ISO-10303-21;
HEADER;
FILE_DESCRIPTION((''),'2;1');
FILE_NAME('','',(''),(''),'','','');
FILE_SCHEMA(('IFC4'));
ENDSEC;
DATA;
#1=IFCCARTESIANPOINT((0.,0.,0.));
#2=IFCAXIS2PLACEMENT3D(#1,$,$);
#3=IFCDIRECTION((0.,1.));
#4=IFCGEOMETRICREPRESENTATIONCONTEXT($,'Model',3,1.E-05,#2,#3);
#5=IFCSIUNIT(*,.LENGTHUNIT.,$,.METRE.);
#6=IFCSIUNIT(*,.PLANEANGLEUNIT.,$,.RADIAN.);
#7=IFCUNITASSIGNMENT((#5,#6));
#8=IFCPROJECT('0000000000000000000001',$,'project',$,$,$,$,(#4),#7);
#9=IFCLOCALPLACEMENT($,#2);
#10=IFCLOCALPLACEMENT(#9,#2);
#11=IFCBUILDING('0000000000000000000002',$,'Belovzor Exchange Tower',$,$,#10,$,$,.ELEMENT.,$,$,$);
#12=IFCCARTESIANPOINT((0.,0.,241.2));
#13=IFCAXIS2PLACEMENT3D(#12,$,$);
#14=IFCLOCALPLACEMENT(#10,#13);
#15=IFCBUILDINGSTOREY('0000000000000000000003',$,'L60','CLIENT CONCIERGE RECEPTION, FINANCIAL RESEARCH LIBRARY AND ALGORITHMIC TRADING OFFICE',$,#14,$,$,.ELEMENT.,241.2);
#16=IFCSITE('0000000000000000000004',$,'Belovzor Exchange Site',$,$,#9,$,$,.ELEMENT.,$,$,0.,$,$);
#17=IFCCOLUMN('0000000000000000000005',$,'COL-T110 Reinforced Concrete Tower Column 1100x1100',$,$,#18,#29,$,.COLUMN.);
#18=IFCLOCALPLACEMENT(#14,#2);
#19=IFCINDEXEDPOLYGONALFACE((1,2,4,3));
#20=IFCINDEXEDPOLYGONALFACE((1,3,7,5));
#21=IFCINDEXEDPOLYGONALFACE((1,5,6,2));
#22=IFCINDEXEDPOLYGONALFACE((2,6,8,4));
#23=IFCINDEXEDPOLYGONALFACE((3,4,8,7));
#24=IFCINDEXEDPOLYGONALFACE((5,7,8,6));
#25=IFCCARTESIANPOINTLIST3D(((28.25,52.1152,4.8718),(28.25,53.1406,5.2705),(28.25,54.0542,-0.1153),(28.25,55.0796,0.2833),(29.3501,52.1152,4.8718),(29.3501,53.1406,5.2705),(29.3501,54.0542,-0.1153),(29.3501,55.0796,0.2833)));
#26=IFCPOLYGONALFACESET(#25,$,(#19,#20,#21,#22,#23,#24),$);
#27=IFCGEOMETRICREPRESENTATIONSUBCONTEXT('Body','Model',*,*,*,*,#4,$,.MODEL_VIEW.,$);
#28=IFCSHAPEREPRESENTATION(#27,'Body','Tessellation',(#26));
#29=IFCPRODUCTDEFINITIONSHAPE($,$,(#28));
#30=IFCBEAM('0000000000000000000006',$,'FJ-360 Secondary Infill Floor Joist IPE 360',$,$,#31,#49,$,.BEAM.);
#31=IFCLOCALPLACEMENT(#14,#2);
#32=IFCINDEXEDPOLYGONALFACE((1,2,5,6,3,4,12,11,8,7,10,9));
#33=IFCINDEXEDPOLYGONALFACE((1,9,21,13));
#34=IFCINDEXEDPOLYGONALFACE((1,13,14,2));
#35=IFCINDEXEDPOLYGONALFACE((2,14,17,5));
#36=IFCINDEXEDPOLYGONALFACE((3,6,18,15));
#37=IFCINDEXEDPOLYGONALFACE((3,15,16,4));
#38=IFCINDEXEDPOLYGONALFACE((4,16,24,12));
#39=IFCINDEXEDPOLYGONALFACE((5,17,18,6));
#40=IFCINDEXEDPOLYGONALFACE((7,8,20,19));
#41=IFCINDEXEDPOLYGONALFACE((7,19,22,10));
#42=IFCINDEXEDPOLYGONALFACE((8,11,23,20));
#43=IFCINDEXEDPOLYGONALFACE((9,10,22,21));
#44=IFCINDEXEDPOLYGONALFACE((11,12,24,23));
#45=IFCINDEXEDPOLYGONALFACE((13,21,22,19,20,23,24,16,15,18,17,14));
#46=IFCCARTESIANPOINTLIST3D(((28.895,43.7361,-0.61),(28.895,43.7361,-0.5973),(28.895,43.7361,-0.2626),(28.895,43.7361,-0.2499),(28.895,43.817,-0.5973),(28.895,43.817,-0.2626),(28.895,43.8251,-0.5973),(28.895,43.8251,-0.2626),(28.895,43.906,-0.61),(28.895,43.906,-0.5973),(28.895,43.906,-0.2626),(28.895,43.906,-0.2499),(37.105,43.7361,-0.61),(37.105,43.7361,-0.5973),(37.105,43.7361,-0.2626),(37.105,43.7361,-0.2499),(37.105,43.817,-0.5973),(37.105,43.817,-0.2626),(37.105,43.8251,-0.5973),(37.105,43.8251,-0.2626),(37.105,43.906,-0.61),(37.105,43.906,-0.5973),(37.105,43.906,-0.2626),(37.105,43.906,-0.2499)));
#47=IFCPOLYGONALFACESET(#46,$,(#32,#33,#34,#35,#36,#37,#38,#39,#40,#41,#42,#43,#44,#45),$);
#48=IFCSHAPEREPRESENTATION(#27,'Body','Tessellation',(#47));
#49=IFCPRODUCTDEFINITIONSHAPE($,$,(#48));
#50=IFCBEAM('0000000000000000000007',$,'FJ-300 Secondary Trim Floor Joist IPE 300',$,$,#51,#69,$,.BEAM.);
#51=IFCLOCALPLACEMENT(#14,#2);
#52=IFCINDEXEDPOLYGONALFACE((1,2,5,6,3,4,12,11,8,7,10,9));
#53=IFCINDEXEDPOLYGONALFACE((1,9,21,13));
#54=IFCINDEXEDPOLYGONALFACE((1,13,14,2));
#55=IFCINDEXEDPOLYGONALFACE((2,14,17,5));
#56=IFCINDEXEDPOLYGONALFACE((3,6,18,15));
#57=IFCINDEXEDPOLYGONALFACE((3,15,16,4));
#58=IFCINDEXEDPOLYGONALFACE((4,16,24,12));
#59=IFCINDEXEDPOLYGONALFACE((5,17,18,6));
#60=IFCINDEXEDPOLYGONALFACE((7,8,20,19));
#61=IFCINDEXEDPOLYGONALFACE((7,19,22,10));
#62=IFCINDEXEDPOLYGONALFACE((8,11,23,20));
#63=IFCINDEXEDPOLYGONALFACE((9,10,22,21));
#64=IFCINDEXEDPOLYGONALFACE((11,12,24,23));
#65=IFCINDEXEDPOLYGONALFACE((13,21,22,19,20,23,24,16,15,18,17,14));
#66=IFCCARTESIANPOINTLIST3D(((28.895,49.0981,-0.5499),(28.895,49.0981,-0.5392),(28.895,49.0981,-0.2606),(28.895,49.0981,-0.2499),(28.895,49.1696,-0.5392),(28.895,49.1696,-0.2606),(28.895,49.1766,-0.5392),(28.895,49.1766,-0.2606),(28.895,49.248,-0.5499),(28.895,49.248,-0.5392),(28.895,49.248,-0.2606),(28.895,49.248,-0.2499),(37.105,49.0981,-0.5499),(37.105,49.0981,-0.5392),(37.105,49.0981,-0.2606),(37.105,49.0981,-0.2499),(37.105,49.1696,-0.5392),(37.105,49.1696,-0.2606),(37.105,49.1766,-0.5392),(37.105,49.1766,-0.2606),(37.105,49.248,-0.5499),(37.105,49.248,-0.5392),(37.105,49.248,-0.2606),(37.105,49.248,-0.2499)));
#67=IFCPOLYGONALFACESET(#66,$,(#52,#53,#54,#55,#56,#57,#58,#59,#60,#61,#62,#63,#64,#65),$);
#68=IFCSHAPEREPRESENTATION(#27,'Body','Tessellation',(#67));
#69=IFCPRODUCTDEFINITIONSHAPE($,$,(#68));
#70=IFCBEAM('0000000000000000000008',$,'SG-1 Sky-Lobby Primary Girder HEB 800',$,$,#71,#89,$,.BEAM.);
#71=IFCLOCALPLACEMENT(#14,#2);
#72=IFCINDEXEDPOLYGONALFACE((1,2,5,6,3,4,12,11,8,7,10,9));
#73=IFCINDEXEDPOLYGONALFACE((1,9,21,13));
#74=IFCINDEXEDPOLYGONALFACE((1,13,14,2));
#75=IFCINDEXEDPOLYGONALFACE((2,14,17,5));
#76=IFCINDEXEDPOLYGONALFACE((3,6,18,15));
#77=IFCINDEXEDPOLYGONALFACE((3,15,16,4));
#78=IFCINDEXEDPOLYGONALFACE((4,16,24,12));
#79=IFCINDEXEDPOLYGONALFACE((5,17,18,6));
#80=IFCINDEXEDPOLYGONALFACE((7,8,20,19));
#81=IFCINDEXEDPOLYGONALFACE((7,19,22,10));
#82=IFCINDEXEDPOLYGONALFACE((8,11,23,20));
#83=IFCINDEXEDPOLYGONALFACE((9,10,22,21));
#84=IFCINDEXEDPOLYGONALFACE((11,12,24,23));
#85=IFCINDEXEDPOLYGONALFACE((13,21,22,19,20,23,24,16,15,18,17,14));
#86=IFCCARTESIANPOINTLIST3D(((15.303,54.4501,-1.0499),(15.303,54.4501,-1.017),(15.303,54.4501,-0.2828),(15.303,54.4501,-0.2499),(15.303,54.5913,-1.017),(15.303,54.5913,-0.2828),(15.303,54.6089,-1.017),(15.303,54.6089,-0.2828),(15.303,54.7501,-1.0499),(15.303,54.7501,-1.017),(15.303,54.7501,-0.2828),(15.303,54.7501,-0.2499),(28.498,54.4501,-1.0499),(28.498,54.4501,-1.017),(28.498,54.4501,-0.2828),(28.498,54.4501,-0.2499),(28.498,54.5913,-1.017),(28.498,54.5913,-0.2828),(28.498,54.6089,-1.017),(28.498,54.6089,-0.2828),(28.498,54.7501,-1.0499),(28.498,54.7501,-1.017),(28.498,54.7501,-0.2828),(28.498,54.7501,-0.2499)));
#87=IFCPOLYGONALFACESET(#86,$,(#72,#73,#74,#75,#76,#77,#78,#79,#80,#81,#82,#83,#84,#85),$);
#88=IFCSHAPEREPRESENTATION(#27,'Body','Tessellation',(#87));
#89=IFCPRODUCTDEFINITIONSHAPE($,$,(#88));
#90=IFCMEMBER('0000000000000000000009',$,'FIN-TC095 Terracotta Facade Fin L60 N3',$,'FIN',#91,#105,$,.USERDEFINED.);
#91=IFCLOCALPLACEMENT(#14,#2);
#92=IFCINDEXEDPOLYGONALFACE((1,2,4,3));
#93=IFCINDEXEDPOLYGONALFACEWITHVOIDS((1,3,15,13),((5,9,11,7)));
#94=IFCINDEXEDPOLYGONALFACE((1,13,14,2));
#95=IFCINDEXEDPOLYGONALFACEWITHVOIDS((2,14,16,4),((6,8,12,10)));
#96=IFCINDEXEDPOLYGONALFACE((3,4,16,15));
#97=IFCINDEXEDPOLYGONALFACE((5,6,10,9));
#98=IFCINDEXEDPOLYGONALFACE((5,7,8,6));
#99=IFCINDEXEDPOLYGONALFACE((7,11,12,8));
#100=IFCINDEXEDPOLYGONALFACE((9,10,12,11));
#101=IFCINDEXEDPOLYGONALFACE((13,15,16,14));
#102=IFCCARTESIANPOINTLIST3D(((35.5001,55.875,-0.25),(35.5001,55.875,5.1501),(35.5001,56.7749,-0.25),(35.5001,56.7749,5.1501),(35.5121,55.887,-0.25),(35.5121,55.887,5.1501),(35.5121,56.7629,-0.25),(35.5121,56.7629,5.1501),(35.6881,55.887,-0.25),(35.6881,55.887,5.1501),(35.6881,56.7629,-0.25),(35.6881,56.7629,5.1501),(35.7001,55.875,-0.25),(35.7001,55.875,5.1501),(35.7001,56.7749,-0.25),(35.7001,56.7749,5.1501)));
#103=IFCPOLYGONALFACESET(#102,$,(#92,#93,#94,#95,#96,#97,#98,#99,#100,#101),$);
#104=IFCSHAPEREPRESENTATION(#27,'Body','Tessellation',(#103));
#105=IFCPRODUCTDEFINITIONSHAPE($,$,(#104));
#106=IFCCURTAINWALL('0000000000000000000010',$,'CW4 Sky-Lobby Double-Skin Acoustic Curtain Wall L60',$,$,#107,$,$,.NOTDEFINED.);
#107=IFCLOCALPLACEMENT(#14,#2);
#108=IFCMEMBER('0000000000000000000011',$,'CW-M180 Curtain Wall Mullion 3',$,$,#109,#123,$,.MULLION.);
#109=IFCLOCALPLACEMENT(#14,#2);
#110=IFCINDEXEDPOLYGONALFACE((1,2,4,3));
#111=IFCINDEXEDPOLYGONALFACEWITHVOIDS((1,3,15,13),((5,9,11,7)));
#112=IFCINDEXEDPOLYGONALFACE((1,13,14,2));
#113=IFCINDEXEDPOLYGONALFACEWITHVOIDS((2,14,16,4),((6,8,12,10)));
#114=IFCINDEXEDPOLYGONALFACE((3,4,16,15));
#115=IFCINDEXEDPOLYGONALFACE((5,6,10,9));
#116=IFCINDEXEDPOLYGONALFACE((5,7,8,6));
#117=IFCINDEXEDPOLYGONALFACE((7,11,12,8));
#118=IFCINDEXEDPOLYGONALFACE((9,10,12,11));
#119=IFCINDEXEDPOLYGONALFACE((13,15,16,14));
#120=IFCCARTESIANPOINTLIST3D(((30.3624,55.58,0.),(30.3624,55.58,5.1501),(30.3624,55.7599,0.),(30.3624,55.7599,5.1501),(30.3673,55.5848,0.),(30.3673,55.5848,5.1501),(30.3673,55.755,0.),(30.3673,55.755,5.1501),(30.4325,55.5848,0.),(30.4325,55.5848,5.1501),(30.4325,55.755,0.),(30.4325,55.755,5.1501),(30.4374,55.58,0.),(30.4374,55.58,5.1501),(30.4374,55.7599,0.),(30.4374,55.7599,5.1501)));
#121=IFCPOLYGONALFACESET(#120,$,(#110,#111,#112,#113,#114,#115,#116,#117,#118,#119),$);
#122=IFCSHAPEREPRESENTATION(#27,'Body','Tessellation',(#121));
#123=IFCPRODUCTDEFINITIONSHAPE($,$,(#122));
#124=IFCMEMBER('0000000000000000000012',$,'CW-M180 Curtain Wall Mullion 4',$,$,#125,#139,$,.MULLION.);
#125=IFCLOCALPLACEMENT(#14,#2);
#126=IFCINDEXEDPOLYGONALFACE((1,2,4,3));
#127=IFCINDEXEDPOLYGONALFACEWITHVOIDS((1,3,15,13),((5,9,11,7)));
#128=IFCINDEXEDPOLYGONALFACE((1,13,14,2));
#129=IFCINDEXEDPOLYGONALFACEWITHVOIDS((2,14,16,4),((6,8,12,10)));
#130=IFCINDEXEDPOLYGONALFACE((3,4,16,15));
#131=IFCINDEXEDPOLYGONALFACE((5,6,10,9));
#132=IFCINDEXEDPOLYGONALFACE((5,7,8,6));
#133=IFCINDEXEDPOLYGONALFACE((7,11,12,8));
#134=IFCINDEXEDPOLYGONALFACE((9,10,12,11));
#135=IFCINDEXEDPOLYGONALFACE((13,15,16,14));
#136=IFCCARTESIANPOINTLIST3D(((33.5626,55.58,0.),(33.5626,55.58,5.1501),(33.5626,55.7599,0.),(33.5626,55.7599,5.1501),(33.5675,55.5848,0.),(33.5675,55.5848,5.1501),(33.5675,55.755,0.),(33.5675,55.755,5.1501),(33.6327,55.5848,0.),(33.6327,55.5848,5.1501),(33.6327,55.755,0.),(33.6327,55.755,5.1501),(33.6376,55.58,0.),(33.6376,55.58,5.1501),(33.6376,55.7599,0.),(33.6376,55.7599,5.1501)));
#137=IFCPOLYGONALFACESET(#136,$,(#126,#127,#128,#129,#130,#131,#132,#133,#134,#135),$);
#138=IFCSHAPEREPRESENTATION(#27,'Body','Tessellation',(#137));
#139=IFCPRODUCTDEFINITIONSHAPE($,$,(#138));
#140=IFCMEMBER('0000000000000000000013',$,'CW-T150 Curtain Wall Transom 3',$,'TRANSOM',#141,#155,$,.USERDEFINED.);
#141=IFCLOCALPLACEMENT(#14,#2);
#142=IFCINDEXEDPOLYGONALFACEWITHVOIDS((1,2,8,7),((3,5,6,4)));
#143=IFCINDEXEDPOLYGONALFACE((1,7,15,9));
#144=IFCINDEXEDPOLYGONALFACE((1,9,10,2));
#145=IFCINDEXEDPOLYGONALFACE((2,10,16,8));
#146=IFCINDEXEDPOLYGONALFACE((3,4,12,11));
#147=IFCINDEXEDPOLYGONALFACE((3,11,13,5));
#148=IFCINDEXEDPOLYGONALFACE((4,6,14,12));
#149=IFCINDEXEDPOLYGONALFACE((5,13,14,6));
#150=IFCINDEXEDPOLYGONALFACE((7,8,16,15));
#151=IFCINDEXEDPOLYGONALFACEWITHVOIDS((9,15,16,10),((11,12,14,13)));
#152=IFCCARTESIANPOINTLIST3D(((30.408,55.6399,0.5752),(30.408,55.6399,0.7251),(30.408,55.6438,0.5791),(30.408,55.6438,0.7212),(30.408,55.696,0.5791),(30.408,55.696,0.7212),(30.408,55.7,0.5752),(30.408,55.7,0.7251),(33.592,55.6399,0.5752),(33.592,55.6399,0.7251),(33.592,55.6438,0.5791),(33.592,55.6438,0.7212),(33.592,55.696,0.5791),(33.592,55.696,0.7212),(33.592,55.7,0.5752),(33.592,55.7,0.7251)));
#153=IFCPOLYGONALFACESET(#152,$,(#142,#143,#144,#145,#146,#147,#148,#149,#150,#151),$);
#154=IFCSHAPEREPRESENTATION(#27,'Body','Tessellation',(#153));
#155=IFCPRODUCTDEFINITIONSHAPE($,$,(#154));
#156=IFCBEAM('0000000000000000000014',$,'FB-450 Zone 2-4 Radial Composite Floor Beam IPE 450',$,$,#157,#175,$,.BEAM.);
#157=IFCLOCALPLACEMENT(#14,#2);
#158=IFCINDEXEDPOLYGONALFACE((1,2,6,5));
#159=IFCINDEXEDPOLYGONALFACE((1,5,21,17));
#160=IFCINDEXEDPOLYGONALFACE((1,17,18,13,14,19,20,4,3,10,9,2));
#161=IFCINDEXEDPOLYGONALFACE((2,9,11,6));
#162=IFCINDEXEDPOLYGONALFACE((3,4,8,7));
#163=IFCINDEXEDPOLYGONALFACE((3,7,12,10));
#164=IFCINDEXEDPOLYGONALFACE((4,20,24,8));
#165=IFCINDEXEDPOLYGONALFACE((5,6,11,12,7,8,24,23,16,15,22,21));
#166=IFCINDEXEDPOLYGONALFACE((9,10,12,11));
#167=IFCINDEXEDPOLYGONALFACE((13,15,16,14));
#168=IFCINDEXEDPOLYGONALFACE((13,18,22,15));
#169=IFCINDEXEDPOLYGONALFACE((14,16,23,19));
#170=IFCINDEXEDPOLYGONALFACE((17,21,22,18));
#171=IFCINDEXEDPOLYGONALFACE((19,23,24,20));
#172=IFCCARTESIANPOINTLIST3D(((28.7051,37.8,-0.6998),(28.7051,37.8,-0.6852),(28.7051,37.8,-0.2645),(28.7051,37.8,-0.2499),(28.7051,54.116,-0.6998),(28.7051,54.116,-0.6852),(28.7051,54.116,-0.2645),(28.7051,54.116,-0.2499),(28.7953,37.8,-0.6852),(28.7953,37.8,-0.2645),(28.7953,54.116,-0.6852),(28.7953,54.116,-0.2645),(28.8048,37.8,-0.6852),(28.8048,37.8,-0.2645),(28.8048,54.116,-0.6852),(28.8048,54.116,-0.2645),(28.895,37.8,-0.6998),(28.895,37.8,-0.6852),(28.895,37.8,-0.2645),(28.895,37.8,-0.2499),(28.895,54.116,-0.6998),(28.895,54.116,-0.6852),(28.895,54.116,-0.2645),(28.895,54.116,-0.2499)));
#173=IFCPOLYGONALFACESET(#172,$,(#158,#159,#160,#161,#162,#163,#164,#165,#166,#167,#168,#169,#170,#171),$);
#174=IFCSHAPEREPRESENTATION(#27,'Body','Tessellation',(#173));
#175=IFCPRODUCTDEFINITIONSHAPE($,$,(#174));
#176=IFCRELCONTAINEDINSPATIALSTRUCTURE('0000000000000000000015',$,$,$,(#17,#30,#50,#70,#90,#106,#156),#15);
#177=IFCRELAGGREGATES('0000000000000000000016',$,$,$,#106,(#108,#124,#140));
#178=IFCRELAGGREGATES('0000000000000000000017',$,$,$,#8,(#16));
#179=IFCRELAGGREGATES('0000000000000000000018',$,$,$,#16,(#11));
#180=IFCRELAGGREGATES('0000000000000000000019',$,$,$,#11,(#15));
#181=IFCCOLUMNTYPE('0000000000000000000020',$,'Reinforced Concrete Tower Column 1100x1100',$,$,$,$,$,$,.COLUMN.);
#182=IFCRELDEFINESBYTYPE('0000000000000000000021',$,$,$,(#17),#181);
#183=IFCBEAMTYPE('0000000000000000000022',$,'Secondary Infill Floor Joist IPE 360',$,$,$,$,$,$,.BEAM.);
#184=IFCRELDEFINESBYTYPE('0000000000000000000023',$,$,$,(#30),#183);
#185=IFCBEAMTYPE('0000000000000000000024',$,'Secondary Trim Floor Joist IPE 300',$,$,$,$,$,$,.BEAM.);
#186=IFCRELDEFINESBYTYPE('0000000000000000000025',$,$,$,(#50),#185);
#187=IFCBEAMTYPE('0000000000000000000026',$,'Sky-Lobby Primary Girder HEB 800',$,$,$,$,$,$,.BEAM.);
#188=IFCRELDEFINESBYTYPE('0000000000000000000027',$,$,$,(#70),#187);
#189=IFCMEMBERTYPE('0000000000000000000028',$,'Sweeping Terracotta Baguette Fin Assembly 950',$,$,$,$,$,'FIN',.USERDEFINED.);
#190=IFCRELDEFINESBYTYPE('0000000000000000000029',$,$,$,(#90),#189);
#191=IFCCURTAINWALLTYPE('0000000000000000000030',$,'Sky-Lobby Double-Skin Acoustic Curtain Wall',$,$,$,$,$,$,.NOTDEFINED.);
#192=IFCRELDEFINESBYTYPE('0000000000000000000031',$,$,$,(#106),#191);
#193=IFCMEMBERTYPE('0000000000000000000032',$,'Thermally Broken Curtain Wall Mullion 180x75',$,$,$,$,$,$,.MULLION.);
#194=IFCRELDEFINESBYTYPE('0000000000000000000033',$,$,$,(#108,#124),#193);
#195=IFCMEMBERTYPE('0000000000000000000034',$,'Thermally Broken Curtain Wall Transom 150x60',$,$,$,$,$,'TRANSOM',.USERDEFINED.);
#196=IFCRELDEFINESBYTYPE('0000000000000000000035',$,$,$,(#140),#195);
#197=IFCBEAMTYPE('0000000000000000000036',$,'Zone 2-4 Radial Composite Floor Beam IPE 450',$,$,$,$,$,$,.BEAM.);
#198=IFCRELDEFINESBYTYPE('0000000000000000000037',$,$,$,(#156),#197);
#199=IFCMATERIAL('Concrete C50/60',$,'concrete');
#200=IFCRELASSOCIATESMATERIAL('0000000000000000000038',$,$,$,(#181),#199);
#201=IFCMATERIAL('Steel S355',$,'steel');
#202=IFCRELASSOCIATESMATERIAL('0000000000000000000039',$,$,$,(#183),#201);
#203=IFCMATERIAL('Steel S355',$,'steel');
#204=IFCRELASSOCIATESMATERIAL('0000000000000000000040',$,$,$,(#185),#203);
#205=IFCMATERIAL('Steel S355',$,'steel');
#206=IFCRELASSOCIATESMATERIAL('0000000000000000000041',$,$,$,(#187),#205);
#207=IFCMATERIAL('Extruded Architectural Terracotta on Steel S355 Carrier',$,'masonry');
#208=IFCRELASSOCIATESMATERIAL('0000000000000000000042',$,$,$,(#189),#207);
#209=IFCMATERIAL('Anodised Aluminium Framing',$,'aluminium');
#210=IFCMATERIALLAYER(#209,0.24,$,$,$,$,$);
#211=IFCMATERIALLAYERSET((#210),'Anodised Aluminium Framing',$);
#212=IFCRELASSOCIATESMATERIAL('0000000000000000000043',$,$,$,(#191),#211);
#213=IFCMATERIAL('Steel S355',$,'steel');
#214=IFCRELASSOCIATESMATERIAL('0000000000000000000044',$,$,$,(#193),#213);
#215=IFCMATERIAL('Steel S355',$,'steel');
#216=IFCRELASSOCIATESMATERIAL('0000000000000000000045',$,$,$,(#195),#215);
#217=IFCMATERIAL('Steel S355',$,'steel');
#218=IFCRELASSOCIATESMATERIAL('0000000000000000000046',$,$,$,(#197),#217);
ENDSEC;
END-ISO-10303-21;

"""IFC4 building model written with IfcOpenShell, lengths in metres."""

from ifc_helpers import new_model, si_unit, direction, frame, origin, origin_2d, place, context, subcontext, project, spatial, rectangle, hollow_rectangle, i_section, extrude, material, layer, layer_set, material_profile, profile_set, type_object, element, aggregate, save


model = new_model("IFC4")

# Units and contexts
model_context = context("Model", 3, precision=1e-05, world=origin(), true_north=direction((0.0, 1.0)))
body_context = subcontext(model_context, "Body", "Model", "MODEL_VIEW")
ifc_project = project(units=[si_unit("LENGTHUNIT", "METRE"), si_unit("PLANEANGLEUNIT", "RADIAN")], contexts=[model_context])

# Site, building, storey
site_placement = place(None, origin())
site = spatial("IfcSite", under=ifc_project, at=site_placement, Name="Belovzor Exchange Site", CompositionType="ELEMENT", RefElevation=0.0)
building_placement = place(site_placement, origin())
building = spatial("IfcBuilding", under=site, at=building_placement, Name="Belovzor Exchange Tower", CompositionType="ELEMENT")
storey_placement = place(building_placement, frame((0.0, 0.0, 241.2)))
storey = spatial("IfcBuildingStorey", under=building, at=storey_placement, Name="L60", Description="CLIENT CONCIERGE RECEPTION, FINANCIAL RESEARCH LIBRARY AND ALGORITHMIC TRADING OFFICE", CompositionType="ELEMENT", Elevation=241.2)

# Column
ifc_material_1 = material(Name="Concrete C50/60", Category="concrete")
ifc_material_profile_1 = material_profile(ifc_material_1, rectangle(XDim=1.1001, YDim=1.1001, at=origin_2d()))
ifc_profile_set_1 = profile_set([ifc_material_profile_1], Name="Concrete C50/60")
column_type = type_object("IfcColumnType", Name="Reinforced Concrete Tower Column 1100x1100", PredefinedType="COLUMN", material=ifc_profile_set_1)
column_placement = place(storey_placement, frame((28.8, 54.5669, 0.084), z_axis=(0.0, -0.362374, 0.932033), x_axis=(1.0, 0.0, 0.0)))
element("IfcColumn", 1, at=column_placement, inside=storey, type_object=column_type, Name="COL-T110 Reinforced Concrete Tower Column 1100x1100", PredefinedType="COLUMN", context=body_context, shape_type="SweptSolid", body=[
    extrude(rectangle(XDim=1.1001, YDim=1.1001, at=origin_2d()), origin(), (0.0, 0.0, 1.0), 5.3508),
])

# Beams
ifc_material_2 = material(Name="Steel S355", Category="steel")
ifc_material_profile_2 = material_profile(ifc_material_2, i_section(OverallWidth=0.1699, OverallDepth=0.3601, WebThickness=0.0081, FlangeThickness=0.0127, at=origin_2d()))
ifc_profile_set_2 = profile_set([ifc_material_profile_2], Name="Steel S355")
beam_type_1 = type_object("IfcBeamType", Name="Secondary Infill Floor Joist IPE 360", PredefinedType="BEAM", material=ifc_profile_set_2)
beam_1_placement = place(storey_placement, frame((28.895, 43.821, -0.4299), z_axis=(1.0, 0.0, 0.0), x_axis=(0.0, 1.0, 0.0)))
element("IfcBeam", 2, at=beam_1_placement, inside=storey, type_object=beam_type_1, Name="FJ-360 Secondary Infill Floor Joist IPE 360", PredefinedType="BEAM", context=body_context, shape_type="SweptSolid", body=[
    extrude(i_section(OverallWidth=0.1699, OverallDepth=0.3601, WebThickness=0.0081, FlangeThickness=0.0127, at=origin_2d()), origin(), (0.0, 0.0, 1.0), 8.21),
])
ifc_material_3 = material(Name="Steel S355", Category="steel")
ifc_material_profile_3 = material_profile(ifc_material_3, i_section(OverallWidth=0.1499, OverallDepth=0.3, WebThickness=0.0071, FlangeThickness=0.0107, at=origin_2d()))
ifc_profile_set_3 = profile_set([ifc_material_profile_3], Name="Steel S355")
beam_type_2 = type_object("IfcBeamType", Name="Secondary Trim Floor Joist IPE 300", PredefinedType="BEAM", material=ifc_profile_set_3)
beam_2_placement = place(storey_placement, frame((28.895, 49.1731, -0.3999), z_axis=(1.0, 0.0, 0.0), x_axis=(0.0, 1.0, 0.0)))
element("IfcBeam", 3, at=beam_2_placement, inside=storey, type_object=beam_type_2, Name="FJ-300 Secondary Trim Floor Joist IPE 300", PredefinedType="BEAM", context=body_context, shape_type="SweptSolid", body=[
    extrude(i_section(OverallWidth=0.1499, OverallDepth=0.3, WebThickness=0.0071, FlangeThickness=0.0107, at=origin_2d()), origin(), (0.0, 0.0, 1.0), 8.21),
])
ifc_material_4 = material(Name="Steel S355", Category="steel")
ifc_material_profile_4 = material_profile(ifc_material_4, i_section(OverallWidth=0.3, OverallDepth=0.8, WebThickness=0.0176, FlangeThickness=0.033, at=origin_2d()))
ifc_profile_set_4 = profile_set([ifc_material_profile_4], Name="Steel S355")
beam_type_3 = type_object("IfcBeamType", Name="Sky-Lobby Primary Girder HEB 800", PredefinedType="BEAM", material=ifc_profile_set_4)
beam_3_placement = place(storey_placement, frame((28.498, 54.6001, -0.6499), z_axis=(-1.0, 0.0, 0.0), x_axis=(0.0, -1.0, 0.0)))
element("IfcBeam", 4, at=beam_3_placement, inside=storey, type_object=beam_type_3, Name="SG-1 Sky-Lobby Primary Girder HEB 800", PredefinedType="BEAM", context=body_context, shape_type="SweptSolid", body=[
    extrude(i_section(OverallWidth=0.3, OverallDepth=0.8, WebThickness=0.0176, FlangeThickness=0.033, at=origin_2d()), origin(), (0.0, 0.0, 1.0), 13.1951),
])

# Member
ifc_material_5 = material(Name="Extruded Architectural Terracotta on Steel S355 Carrier", Category="masonry")
ifc_material_profile_5 = material_profile(ifc_material_5, hollow_rectangle(XDim=0.2, YDim=0.8999, WallThickness=0.012, at=origin_2d()))
ifc_profile_set_5 = profile_set([ifc_material_profile_5], Name="Extruded Architectural Terracotta on Steel S355 Carrier")
member_type_1 = type_object("IfcMemberType", Name="Sweeping Terracotta Baguette Fin Assembly 950", ElementType="FIN", PredefinedType="USERDEFINED", material=ifc_profile_set_5)
member_1_placement = place(storey_placement, frame((35.6001, 56.325, -0.25), z_axis=(0.0, 0.0, 1.0), x_axis=(1.0, 0.0, 0.0)))
element("IfcMember", 5, at=member_1_placement, inside=storey, type_object=member_type_1, Name="FIN-TC095 Terracotta Facade Fin L60 N3", ObjectType="FIN", PredefinedType="USERDEFINED", context=body_context, shape_type="SweptSolid", body=[
    extrude(hollow_rectangle(XDim=0.2, YDim=0.8999, WallThickness=0.012, at=origin_2d()), origin(), (0.0, 0.0, 1.0), 5.4001),
])

# Curtain wall, members
ifc_material_6 = material(Name="Anodised Aluminium Framing", Category="aluminium")
ifc_layer_1 = layer(ifc_material_6, 0.24)
ifc_layer_set_1 = layer_set([ifc_layer_1], Name="Anodised Aluminium Framing")
curtain_wall_type = type_object("IfcCurtainWallType", Name="Sky-Lobby Double-Skin Acoustic Curtain Wall", PredefinedType="NOTDEFINED", material=ifc_layer_set_1)
curtain_wall_placement = place(storey_placement, origin())
curtain_wall = element("IfcCurtainWall", 6, at=curtain_wall_placement, inside=storey, type_object=curtain_wall_type, Name="CW4 Sky-Lobby Double-Skin Acoustic Curtain Wall L60", PredefinedType="NOTDEFINED")
ifc_material_7 = material(Name="Steel S355", Category="steel")
ifc_material_profile_6 = material_profile(ifc_material_7, hollow_rectangle(XDim=0.075, YDim=0.1799, WallThickness=0.0049, at=origin_2d()))
ifc_profile_set_6 = profile_set([ifc_material_profile_6], Name="Steel S355")
member_type_2 = type_object("IfcMemberType", Name="Thermally Broken Curtain Wall Mullion 180x75", PredefinedType="MULLION", material=ifc_profile_set_6)
member_2_placement = place(storey_placement, frame((30.3999, 55.6699, 0.0), z_axis=(0.0, 0.0, 1.0), x_axis=(1.0, 0.0, 0.0)))
member_2 = element("IfcMember", 7, at=member_2_placement, type_object=member_type_2, Name="CW-M180 Curtain Wall Mullion 3", PredefinedType="MULLION", context=body_context, shape_type="SweptSolid", body=[
    extrude(hollow_rectangle(XDim=0.075, YDim=0.1799, WallThickness=0.0049, at=origin_2d()), origin(), (0.0, 0.0, 1.0), 5.1501),
])
member_3_placement = place(storey_placement, frame((33.6001, 55.6699, 0.0), z_axis=(0.0, 0.0, 1.0), x_axis=(1.0, 0.0, 0.0)))
member_3 = element("IfcMember", 8, at=member_3_placement, type_object=member_type_2, Name="CW-M180 Curtain Wall Mullion 4", PredefinedType="MULLION", context=body_context, shape_type="SweptSolid", body=[
    extrude(hollow_rectangle(XDim=0.075, YDim=0.1799, WallThickness=0.0049, at=origin_2d()), origin(), (0.0, 0.0, 1.0), 5.1501),
])
ifc_material_8 = material(Name="Steel S355", Category="steel")
ifc_material_profile_7 = material_profile(ifc_material_8, hollow_rectangle(XDim=0.0601, YDim=0.1499, WallThickness=0.0039, at=origin_2d()))
ifc_profile_set_7 = profile_set([ifc_material_profile_7], Name="Steel S355")
member_type_3 = type_object("IfcMemberType", Name="Thermally Broken Curtain Wall Transom 150x60", ElementType="TRANSOM", PredefinedType="USERDEFINED", material=ifc_profile_set_7)
member_4_placement = place(storey_placement, frame((30.408, 55.6699, 0.6501), z_axis=(1.0, 0.0, 0.0), x_axis=(0.0, 1.0, 0.0)))
member_4 = element("IfcMember", 9, at=member_4_placement, type_object=member_type_3, Name="CW-T150 Curtain Wall Transom 3", ObjectType="TRANSOM", PredefinedType="USERDEFINED", context=body_context, shape_type="SweptSolid", body=[
    extrude(hollow_rectangle(XDim=0.0601, YDim=0.1499, WallThickness=0.0039, at=origin_2d()), origin(), (0.0, 0.0, 1.0), 3.1841),
])

# Beam
ifc_material_9 = material(Name="Steel S355", Category="steel")
ifc_material_profile_8 = material_profile(ifc_material_9, i_section(OverallWidth=0.1899, OverallDepth=0.45, WebThickness=0.0095, FlangeThickness=0.0146, at=origin_2d()))
ifc_profile_set_8 = profile_set([ifc_material_profile_8], Name="Steel S355")
beam_type_4 = type_object("IfcBeamType", Name="Zone 2-4 Radial Composite Floor Beam IPE 450", PredefinedType="BEAM", material=ifc_profile_set_8)
beam_4_placement = place(storey_placement, frame((28.8, 37.8, -0.4749), z_axis=(0.0, 1.0, 0.0), x_axis=(-1.0, 0.0, 0.0)))
element("IfcBeam", 10, at=beam_4_placement, inside=storey, type_object=beam_type_4, Name="FB-450 Zone 2-4 Radial Composite Floor Beam IPE 450", PredefinedType="BEAM", context=body_context, shape_type="SweptSolid", body=[
    extrude(i_section(OverallWidth=0.1899, OverallDepth=0.45, WebThickness=0.0095, FlangeThickness=0.0146, at=origin_2d()), origin(), (0.0, 0.0, 1.0), 16.3159),
])

aggregate(curtain_wall, [member_2, member_3, member_4])

save(model, "model.ifc")
